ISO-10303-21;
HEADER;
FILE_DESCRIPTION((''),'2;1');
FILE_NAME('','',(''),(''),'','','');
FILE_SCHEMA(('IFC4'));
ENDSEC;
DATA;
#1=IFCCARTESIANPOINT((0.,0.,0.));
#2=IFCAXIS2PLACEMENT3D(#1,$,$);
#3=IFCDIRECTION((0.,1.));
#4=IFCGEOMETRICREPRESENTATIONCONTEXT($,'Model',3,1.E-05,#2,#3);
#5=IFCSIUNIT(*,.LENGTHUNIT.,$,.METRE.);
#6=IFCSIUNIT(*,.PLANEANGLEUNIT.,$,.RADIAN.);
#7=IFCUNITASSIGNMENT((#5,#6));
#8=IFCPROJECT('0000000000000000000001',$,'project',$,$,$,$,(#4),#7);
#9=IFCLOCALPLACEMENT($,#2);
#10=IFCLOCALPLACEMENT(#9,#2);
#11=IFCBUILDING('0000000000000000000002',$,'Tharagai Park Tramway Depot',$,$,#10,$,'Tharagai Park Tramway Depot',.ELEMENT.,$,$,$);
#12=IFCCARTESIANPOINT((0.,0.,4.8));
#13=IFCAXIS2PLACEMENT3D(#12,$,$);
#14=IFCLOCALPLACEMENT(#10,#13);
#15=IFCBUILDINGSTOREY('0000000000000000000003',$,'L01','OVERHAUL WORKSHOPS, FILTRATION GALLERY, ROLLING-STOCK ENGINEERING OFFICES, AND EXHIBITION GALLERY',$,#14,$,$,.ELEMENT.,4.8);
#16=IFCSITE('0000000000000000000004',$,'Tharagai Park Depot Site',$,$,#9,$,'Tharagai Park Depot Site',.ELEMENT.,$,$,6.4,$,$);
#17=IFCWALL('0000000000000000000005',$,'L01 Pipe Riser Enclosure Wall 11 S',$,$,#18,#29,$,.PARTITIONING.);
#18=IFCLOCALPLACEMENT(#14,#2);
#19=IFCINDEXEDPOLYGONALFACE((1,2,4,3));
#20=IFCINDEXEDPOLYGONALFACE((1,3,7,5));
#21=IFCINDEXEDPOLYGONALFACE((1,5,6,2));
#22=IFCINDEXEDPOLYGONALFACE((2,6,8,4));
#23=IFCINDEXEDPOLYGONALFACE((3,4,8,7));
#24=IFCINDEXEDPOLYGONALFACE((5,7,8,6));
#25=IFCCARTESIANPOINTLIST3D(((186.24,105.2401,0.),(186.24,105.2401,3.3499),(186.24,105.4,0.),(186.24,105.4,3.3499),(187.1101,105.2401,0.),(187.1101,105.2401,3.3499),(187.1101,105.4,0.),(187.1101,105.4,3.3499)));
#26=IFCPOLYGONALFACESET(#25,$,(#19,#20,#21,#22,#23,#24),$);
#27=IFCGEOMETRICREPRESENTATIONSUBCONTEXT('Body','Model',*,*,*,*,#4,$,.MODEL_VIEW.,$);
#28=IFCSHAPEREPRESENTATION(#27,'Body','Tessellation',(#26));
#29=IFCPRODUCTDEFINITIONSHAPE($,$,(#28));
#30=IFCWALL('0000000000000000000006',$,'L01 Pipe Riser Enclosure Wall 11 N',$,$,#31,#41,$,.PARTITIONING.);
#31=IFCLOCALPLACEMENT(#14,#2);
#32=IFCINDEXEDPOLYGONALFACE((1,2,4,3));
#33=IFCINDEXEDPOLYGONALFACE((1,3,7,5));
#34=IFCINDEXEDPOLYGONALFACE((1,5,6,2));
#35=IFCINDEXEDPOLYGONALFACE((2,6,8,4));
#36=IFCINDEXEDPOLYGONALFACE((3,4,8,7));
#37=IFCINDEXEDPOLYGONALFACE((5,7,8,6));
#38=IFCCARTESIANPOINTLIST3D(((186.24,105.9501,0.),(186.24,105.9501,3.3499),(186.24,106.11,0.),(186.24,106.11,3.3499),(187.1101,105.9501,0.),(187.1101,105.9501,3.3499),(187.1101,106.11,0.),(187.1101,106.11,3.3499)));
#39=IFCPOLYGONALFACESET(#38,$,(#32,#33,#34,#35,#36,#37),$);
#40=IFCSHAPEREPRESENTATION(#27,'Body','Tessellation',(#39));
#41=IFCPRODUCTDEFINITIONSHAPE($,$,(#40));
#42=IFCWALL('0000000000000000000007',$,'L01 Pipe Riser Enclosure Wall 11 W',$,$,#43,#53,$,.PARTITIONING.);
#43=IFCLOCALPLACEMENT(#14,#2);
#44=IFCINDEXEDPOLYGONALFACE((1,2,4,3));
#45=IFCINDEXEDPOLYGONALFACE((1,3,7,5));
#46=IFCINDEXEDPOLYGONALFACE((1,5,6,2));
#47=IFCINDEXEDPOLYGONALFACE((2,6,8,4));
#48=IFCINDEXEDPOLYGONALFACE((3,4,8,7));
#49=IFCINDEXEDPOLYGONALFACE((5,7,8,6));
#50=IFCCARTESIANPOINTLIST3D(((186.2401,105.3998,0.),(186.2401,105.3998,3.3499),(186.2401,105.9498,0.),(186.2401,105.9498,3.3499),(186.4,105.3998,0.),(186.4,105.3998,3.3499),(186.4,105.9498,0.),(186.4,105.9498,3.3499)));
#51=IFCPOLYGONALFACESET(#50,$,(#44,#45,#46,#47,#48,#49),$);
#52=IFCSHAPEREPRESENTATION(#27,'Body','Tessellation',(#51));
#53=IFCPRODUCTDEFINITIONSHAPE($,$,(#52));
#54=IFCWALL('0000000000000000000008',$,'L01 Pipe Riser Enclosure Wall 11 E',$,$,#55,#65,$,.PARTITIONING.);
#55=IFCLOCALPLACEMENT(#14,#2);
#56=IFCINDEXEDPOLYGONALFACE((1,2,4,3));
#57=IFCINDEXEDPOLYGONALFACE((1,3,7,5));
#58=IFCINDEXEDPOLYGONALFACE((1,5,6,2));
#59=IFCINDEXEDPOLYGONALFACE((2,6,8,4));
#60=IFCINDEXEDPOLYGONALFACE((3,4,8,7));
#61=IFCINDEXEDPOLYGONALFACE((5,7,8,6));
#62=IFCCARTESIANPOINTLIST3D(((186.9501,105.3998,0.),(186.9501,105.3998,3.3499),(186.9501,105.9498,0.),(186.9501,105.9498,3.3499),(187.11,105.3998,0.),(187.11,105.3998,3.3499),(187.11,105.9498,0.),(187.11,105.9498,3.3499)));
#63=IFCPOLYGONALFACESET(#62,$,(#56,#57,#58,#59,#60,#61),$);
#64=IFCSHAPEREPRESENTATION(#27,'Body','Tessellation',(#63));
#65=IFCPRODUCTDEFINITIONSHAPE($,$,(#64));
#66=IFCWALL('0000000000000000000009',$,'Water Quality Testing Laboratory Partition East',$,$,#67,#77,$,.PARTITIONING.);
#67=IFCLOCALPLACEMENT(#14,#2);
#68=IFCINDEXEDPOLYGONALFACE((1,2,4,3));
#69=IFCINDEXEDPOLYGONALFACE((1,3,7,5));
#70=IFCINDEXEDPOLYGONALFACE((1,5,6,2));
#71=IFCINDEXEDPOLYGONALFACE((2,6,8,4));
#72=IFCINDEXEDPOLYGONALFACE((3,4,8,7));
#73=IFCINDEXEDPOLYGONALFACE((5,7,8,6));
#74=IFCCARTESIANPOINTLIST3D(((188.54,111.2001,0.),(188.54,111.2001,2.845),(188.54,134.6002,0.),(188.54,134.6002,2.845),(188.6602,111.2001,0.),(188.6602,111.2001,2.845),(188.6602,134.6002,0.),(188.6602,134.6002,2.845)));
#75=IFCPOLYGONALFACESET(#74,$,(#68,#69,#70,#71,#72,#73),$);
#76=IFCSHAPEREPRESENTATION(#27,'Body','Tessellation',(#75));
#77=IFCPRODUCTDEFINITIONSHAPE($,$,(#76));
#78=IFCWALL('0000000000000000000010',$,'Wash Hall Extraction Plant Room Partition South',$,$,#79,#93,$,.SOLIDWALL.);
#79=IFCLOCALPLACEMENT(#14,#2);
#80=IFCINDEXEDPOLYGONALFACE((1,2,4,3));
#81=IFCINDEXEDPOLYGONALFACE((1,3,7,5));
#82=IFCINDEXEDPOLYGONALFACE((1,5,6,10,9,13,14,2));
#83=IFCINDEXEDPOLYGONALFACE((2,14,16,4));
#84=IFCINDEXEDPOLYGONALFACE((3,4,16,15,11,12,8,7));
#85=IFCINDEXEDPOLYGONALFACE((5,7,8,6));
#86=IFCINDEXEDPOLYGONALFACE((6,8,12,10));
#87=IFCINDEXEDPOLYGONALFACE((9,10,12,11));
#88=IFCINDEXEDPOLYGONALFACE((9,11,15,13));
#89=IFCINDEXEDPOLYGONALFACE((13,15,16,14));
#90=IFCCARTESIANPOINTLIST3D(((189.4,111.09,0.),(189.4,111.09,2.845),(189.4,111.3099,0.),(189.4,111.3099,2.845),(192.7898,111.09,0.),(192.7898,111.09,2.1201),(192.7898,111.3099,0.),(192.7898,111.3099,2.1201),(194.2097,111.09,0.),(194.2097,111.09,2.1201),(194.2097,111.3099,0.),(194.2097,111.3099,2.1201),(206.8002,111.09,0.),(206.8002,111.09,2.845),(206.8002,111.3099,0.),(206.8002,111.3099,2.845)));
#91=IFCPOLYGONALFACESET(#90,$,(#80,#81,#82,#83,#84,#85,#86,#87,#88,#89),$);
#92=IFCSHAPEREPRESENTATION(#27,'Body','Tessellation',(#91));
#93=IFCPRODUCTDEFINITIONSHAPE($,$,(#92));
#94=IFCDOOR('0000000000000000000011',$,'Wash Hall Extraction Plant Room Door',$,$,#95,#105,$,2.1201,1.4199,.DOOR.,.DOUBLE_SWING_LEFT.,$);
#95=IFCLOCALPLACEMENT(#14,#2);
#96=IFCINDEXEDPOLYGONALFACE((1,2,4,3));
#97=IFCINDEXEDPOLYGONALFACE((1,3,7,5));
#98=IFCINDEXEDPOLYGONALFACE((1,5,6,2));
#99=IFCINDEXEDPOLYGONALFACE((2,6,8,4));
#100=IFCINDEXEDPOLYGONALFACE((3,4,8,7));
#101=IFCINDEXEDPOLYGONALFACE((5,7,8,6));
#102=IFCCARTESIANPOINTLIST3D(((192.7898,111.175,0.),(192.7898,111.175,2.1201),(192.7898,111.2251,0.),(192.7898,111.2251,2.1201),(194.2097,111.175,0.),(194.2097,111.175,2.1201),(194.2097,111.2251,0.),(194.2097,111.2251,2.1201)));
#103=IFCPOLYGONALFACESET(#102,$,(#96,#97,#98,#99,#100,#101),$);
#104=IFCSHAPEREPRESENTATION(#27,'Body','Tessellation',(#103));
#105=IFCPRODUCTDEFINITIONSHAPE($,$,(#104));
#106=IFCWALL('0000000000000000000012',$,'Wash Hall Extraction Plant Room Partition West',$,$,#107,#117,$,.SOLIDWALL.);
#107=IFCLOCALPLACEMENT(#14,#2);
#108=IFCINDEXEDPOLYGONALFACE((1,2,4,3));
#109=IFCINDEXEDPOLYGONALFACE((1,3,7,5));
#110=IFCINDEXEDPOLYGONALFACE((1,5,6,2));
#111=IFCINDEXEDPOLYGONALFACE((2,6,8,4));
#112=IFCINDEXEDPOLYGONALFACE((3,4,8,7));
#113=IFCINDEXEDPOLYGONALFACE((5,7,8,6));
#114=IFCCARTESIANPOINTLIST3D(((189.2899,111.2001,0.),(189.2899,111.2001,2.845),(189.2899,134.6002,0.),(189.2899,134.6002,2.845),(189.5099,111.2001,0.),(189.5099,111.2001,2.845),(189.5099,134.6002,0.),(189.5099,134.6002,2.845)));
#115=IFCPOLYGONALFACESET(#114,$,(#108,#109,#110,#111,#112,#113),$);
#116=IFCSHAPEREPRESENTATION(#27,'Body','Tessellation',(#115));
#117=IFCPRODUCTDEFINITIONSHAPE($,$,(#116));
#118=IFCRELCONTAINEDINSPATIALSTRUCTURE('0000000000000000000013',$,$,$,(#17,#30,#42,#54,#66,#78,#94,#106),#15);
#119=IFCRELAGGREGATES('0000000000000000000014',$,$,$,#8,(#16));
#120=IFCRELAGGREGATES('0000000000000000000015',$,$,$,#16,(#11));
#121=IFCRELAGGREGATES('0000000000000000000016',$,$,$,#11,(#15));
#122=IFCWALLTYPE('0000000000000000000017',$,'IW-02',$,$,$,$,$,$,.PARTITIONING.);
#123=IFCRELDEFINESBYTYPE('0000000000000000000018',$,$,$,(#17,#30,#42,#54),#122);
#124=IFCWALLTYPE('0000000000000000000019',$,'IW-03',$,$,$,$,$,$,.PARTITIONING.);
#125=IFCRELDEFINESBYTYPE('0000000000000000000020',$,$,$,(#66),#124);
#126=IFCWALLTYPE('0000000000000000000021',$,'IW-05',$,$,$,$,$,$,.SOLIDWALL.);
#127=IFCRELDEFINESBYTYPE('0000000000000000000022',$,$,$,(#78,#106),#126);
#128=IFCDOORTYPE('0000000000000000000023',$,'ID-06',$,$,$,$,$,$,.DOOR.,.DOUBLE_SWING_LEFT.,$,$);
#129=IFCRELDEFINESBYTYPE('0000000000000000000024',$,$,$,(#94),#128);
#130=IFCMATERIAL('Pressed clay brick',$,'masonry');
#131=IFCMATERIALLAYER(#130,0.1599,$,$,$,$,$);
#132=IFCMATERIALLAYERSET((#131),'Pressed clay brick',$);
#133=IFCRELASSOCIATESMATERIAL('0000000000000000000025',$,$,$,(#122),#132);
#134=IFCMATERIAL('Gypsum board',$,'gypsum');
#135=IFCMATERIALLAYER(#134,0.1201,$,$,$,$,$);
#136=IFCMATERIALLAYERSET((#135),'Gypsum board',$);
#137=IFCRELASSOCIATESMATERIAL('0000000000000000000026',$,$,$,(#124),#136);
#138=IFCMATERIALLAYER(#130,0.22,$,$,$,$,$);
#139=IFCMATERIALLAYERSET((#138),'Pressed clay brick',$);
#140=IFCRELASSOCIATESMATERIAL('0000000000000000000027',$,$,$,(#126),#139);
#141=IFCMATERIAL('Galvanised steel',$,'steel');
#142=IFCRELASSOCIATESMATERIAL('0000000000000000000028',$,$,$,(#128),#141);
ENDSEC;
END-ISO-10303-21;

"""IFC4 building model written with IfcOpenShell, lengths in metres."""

from ifc_helpers import new_model, si_unit, direction, frame, frame_2d, origin, place, context, subcontext, project, spatial, rectangle, extrude, material, layer, layer_set, type_object, element, fill, save


model = new_model("IFC4")

# Units and contexts
model_context = context("Model", 3, precision=1e-05, world=origin(), true_north=direction((0.0, 1.0)))
body_context = subcontext(model_context, "Body", "Model", "MODEL_VIEW")
ifc_project = project(units=[si_unit("LENGTHUNIT", "METRE"), si_unit("PLANEANGLEUNIT", "RADIAN")], contexts=[model_context])

# Site, building, storey
site_placement = place(None, origin())
site = spatial("IfcSite", under=ifc_project, at=site_placement, Name="Tharagai Park Depot Site", LongName="Tharagai Park Depot Site", CompositionType="ELEMENT", RefElevation=6.4)
building_placement = place(site_placement, origin())
building = spatial("IfcBuilding", under=site, at=building_placement, Name="Tharagai Park Tramway Depot", LongName="Tharagai Park Tramway Depot", CompositionType="ELEMENT")
storey_placement = place(building_placement, frame((0.0, 0.0, 4.8)))
storey = spatial("IfcBuildingStorey", under=building, at=storey_placement, Name="L01", Description="OVERHAUL WORKSHOPS, FILTRATION GALLERY, ROLLING-STOCK ENGINEERING OFFICES, AND EXHIBITION GALLERY", CompositionType="ELEMENT", Elevation=4.8)

# Walls
ifc_material_1 = material(Name="Pressed clay brick", Category="masonry")
ifc_layer_1 = layer(ifc_material_1, 0.1599)
ifc_layer_set_1 = layer_set([ifc_layer_1], Name="Pressed clay brick")
wall_type_1 = type_object("IfcWallType", Name="IW-02", PredefinedType="PARTITIONING", material=ifc_layer_set_1)
for number, where, z_axis, x_axis, name in (
    (1, (186.24, 105.3201, 0.0), (0.0, 0.0, 1.0), (1.0, 0.0, 0.0), "L01 Pipe Riser Enclosure Wall 11 S"),
    (2, (186.24, 106.03, 0.0), (0.0, 0.0, 1.0), (1.0, 0.0, 0.0), "L01 Pipe Riser Enclosure Wall 11 N"),
):
    element("IfcWall", number, at=place(storey_placement, frame(where, z_axis=z_axis, x_axis=x_axis)), inside=storey, type_object=wall_type_1, Name=name, PredefinedType="PARTITIONING", context=body_context, shape_type="SweptSolid", body=[
        extrude(rectangle(XDim=0.8701, YDim=0.1599, at=frame_2d((0.4351, 0.0))), origin(), (0.0, 0.0, 1.0), 3.3499),
    ])
for number, where, z_axis, x_axis, name in (
    (3, (186.3201, 105.3999, 0.0), (0.0, 0.0, 1.0), (0.0, 1.0, 0.0), "L01 Pipe Riser Enclosure Wall 11 W"),
    (4, (187.03, 105.3999, 0.0), (0.0, 0.0, 1.0), (0.0, 1.0, 0.0), "L01 Pipe Riser Enclosure Wall 11 E"),
):
    element("IfcWall", number, at=place(storey_placement, frame(where, z_axis=z_axis, x_axis=x_axis)), inside=storey, type_object=wall_type_1, Name=name, PredefinedType="PARTITIONING", context=body_context, shape_type="SweptSolid", body=[
        extrude(rectangle(XDim=0.55, YDim=0.1599, at=frame_2d((0.2749, 0.0))), origin(), (0.0, 0.0, 1.0), 3.3499),
    ])
ifc_material_2 = material(Name="Gypsum board", Category="gypsum")
ifc_layer_2 = layer(ifc_material_2, 0.1201)
ifc_layer_set_2 = layer_set([ifc_layer_2], Name="Gypsum board")
wall_type_2 = type_object("IfcWallType", Name="IW-03", PredefinedType="PARTITIONING", material=ifc_layer_set_2)
wall_1_placement = place(storey_placement, frame((188.6001, 111.2, 0.0), z_axis=(0.0, 0.0, 1.0), x_axis=(0.0, 1.0, 0.0)))
element("IfcWall", 5, at=wall_1_placement, inside=storey, type_object=wall_type_2, Name="Water Quality Testing Laboratory Partition East", PredefinedType="PARTITIONING", context=body_context, shape_type="SweptSolid", body=[
    extrude(rectangle(XDim=23.4001, YDim=0.1201, at=frame_2d((11.7002, 0.0))), origin(), (0.0, 0.0, 1.0), 2.845),
])

# Wall, opening, door
ifc_layer_3 = layer(ifc_material_1, 0.22)
ifc_layer_set_3 = layer_set([ifc_layer_3], Name="Pressed clay brick")
wall_type_3 = type_object("IfcWallType", Name="IW-05", PredefinedType="SOLIDWALL", material=ifc_layer_set_3)
wall_2_placement = place(storey_placement, frame((189.3999, 111.2, 0.0), z_axis=(0.0, 0.0, 1.0), x_axis=(1.0, 0.0, 0.0)))
wall_2 = element("IfcWall", 6, at=wall_2_placement, inside=storey, type_object=wall_type_3, Name="Wash Hall Extraction Plant Room Partition South", PredefinedType="SOLIDWALL", context=body_context, shape_type="SweptSolid", body=[
    extrude(rectangle(XDim=17.4001, YDim=0.22, at=frame_2d((8.7002, 0.0))), origin(), (0.0, 0.0, 1.0), 2.845),
])
opening_placement = place(wall_2_placement, frame((3.3899, 0.0, 0.0)))
opening = element("IfcOpeningElement", 7, at=opening_placement, cuts=wall_2, PredefinedType="OPENING", context=body_context, shape_type="SweptSolid", body=[
    extrude(rectangle(XDim=1.4199, YDim=2.1201, at=frame_2d((0.71, 1.0601))), frame((0.0, 0.1199, 0.0), z_axis=(0.0, -1.0, 0.0), x_axis=(1.0, 0.0, 0.0)), (0.0, 0.0, 1.0), 0.24),
])
ifc_material_3 = material(Name="Galvanised steel", Category="steel")
door_type = type_object("IfcDoorType", Name="ID-06", OperationType="DOUBLE_SWING_LEFT", PredefinedType="DOOR", material=ifc_material_3)
door_placement = place(opening_placement, frame((1.4199, 0.0, 0.0), z_axis=(0.0, 0.0, 1.0), x_axis=(-1.0, 0.0, 0.0)))
door = element("IfcDoor", 8, at=door_placement, inside=storey, type_object=door_type, Name="Wash Hall Extraction Plant Room Door", OperationType="DOUBLE_SWING_LEFT", OverallHeight=2.1201, OverallWidth=1.4199, PredefinedType="DOOR", context=body_context, shape_type="SweptSolid", body=[
    extrude(rectangle(XDim=1.4199, YDim=2.1201, at=frame_2d((0.71, 1.0601))), frame((0.0, 0.0249, 0.0), z_axis=(0.0, -1.0, 0.0), x_axis=(1.0, 0.0, 0.0)), (0.0, 0.0, 1.0), 0.05),
])
fill(opening, door)

# Wall
wall_3_placement = place(storey_placement, frame((189.3999, 111.2, 0.0), z_axis=(0.0, 0.0, 1.0), x_axis=(0.0, 1.0, 0.0)))
element("IfcWall", 9, at=wall_3_placement, inside=storey, type_object=wall_type_3, Name="Wash Hall Extraction Plant Room Partition West", PredefinedType="SOLIDWALL", context=body_context, shape_type="SweptSolid", body=[
    extrude(rectangle(XDim=23.4001, YDim=0.22, at=frame_2d((11.7002, 0.0))), origin(), (0.0, 0.0, 1.0), 2.845),
])

save(model, "model.ifc")
